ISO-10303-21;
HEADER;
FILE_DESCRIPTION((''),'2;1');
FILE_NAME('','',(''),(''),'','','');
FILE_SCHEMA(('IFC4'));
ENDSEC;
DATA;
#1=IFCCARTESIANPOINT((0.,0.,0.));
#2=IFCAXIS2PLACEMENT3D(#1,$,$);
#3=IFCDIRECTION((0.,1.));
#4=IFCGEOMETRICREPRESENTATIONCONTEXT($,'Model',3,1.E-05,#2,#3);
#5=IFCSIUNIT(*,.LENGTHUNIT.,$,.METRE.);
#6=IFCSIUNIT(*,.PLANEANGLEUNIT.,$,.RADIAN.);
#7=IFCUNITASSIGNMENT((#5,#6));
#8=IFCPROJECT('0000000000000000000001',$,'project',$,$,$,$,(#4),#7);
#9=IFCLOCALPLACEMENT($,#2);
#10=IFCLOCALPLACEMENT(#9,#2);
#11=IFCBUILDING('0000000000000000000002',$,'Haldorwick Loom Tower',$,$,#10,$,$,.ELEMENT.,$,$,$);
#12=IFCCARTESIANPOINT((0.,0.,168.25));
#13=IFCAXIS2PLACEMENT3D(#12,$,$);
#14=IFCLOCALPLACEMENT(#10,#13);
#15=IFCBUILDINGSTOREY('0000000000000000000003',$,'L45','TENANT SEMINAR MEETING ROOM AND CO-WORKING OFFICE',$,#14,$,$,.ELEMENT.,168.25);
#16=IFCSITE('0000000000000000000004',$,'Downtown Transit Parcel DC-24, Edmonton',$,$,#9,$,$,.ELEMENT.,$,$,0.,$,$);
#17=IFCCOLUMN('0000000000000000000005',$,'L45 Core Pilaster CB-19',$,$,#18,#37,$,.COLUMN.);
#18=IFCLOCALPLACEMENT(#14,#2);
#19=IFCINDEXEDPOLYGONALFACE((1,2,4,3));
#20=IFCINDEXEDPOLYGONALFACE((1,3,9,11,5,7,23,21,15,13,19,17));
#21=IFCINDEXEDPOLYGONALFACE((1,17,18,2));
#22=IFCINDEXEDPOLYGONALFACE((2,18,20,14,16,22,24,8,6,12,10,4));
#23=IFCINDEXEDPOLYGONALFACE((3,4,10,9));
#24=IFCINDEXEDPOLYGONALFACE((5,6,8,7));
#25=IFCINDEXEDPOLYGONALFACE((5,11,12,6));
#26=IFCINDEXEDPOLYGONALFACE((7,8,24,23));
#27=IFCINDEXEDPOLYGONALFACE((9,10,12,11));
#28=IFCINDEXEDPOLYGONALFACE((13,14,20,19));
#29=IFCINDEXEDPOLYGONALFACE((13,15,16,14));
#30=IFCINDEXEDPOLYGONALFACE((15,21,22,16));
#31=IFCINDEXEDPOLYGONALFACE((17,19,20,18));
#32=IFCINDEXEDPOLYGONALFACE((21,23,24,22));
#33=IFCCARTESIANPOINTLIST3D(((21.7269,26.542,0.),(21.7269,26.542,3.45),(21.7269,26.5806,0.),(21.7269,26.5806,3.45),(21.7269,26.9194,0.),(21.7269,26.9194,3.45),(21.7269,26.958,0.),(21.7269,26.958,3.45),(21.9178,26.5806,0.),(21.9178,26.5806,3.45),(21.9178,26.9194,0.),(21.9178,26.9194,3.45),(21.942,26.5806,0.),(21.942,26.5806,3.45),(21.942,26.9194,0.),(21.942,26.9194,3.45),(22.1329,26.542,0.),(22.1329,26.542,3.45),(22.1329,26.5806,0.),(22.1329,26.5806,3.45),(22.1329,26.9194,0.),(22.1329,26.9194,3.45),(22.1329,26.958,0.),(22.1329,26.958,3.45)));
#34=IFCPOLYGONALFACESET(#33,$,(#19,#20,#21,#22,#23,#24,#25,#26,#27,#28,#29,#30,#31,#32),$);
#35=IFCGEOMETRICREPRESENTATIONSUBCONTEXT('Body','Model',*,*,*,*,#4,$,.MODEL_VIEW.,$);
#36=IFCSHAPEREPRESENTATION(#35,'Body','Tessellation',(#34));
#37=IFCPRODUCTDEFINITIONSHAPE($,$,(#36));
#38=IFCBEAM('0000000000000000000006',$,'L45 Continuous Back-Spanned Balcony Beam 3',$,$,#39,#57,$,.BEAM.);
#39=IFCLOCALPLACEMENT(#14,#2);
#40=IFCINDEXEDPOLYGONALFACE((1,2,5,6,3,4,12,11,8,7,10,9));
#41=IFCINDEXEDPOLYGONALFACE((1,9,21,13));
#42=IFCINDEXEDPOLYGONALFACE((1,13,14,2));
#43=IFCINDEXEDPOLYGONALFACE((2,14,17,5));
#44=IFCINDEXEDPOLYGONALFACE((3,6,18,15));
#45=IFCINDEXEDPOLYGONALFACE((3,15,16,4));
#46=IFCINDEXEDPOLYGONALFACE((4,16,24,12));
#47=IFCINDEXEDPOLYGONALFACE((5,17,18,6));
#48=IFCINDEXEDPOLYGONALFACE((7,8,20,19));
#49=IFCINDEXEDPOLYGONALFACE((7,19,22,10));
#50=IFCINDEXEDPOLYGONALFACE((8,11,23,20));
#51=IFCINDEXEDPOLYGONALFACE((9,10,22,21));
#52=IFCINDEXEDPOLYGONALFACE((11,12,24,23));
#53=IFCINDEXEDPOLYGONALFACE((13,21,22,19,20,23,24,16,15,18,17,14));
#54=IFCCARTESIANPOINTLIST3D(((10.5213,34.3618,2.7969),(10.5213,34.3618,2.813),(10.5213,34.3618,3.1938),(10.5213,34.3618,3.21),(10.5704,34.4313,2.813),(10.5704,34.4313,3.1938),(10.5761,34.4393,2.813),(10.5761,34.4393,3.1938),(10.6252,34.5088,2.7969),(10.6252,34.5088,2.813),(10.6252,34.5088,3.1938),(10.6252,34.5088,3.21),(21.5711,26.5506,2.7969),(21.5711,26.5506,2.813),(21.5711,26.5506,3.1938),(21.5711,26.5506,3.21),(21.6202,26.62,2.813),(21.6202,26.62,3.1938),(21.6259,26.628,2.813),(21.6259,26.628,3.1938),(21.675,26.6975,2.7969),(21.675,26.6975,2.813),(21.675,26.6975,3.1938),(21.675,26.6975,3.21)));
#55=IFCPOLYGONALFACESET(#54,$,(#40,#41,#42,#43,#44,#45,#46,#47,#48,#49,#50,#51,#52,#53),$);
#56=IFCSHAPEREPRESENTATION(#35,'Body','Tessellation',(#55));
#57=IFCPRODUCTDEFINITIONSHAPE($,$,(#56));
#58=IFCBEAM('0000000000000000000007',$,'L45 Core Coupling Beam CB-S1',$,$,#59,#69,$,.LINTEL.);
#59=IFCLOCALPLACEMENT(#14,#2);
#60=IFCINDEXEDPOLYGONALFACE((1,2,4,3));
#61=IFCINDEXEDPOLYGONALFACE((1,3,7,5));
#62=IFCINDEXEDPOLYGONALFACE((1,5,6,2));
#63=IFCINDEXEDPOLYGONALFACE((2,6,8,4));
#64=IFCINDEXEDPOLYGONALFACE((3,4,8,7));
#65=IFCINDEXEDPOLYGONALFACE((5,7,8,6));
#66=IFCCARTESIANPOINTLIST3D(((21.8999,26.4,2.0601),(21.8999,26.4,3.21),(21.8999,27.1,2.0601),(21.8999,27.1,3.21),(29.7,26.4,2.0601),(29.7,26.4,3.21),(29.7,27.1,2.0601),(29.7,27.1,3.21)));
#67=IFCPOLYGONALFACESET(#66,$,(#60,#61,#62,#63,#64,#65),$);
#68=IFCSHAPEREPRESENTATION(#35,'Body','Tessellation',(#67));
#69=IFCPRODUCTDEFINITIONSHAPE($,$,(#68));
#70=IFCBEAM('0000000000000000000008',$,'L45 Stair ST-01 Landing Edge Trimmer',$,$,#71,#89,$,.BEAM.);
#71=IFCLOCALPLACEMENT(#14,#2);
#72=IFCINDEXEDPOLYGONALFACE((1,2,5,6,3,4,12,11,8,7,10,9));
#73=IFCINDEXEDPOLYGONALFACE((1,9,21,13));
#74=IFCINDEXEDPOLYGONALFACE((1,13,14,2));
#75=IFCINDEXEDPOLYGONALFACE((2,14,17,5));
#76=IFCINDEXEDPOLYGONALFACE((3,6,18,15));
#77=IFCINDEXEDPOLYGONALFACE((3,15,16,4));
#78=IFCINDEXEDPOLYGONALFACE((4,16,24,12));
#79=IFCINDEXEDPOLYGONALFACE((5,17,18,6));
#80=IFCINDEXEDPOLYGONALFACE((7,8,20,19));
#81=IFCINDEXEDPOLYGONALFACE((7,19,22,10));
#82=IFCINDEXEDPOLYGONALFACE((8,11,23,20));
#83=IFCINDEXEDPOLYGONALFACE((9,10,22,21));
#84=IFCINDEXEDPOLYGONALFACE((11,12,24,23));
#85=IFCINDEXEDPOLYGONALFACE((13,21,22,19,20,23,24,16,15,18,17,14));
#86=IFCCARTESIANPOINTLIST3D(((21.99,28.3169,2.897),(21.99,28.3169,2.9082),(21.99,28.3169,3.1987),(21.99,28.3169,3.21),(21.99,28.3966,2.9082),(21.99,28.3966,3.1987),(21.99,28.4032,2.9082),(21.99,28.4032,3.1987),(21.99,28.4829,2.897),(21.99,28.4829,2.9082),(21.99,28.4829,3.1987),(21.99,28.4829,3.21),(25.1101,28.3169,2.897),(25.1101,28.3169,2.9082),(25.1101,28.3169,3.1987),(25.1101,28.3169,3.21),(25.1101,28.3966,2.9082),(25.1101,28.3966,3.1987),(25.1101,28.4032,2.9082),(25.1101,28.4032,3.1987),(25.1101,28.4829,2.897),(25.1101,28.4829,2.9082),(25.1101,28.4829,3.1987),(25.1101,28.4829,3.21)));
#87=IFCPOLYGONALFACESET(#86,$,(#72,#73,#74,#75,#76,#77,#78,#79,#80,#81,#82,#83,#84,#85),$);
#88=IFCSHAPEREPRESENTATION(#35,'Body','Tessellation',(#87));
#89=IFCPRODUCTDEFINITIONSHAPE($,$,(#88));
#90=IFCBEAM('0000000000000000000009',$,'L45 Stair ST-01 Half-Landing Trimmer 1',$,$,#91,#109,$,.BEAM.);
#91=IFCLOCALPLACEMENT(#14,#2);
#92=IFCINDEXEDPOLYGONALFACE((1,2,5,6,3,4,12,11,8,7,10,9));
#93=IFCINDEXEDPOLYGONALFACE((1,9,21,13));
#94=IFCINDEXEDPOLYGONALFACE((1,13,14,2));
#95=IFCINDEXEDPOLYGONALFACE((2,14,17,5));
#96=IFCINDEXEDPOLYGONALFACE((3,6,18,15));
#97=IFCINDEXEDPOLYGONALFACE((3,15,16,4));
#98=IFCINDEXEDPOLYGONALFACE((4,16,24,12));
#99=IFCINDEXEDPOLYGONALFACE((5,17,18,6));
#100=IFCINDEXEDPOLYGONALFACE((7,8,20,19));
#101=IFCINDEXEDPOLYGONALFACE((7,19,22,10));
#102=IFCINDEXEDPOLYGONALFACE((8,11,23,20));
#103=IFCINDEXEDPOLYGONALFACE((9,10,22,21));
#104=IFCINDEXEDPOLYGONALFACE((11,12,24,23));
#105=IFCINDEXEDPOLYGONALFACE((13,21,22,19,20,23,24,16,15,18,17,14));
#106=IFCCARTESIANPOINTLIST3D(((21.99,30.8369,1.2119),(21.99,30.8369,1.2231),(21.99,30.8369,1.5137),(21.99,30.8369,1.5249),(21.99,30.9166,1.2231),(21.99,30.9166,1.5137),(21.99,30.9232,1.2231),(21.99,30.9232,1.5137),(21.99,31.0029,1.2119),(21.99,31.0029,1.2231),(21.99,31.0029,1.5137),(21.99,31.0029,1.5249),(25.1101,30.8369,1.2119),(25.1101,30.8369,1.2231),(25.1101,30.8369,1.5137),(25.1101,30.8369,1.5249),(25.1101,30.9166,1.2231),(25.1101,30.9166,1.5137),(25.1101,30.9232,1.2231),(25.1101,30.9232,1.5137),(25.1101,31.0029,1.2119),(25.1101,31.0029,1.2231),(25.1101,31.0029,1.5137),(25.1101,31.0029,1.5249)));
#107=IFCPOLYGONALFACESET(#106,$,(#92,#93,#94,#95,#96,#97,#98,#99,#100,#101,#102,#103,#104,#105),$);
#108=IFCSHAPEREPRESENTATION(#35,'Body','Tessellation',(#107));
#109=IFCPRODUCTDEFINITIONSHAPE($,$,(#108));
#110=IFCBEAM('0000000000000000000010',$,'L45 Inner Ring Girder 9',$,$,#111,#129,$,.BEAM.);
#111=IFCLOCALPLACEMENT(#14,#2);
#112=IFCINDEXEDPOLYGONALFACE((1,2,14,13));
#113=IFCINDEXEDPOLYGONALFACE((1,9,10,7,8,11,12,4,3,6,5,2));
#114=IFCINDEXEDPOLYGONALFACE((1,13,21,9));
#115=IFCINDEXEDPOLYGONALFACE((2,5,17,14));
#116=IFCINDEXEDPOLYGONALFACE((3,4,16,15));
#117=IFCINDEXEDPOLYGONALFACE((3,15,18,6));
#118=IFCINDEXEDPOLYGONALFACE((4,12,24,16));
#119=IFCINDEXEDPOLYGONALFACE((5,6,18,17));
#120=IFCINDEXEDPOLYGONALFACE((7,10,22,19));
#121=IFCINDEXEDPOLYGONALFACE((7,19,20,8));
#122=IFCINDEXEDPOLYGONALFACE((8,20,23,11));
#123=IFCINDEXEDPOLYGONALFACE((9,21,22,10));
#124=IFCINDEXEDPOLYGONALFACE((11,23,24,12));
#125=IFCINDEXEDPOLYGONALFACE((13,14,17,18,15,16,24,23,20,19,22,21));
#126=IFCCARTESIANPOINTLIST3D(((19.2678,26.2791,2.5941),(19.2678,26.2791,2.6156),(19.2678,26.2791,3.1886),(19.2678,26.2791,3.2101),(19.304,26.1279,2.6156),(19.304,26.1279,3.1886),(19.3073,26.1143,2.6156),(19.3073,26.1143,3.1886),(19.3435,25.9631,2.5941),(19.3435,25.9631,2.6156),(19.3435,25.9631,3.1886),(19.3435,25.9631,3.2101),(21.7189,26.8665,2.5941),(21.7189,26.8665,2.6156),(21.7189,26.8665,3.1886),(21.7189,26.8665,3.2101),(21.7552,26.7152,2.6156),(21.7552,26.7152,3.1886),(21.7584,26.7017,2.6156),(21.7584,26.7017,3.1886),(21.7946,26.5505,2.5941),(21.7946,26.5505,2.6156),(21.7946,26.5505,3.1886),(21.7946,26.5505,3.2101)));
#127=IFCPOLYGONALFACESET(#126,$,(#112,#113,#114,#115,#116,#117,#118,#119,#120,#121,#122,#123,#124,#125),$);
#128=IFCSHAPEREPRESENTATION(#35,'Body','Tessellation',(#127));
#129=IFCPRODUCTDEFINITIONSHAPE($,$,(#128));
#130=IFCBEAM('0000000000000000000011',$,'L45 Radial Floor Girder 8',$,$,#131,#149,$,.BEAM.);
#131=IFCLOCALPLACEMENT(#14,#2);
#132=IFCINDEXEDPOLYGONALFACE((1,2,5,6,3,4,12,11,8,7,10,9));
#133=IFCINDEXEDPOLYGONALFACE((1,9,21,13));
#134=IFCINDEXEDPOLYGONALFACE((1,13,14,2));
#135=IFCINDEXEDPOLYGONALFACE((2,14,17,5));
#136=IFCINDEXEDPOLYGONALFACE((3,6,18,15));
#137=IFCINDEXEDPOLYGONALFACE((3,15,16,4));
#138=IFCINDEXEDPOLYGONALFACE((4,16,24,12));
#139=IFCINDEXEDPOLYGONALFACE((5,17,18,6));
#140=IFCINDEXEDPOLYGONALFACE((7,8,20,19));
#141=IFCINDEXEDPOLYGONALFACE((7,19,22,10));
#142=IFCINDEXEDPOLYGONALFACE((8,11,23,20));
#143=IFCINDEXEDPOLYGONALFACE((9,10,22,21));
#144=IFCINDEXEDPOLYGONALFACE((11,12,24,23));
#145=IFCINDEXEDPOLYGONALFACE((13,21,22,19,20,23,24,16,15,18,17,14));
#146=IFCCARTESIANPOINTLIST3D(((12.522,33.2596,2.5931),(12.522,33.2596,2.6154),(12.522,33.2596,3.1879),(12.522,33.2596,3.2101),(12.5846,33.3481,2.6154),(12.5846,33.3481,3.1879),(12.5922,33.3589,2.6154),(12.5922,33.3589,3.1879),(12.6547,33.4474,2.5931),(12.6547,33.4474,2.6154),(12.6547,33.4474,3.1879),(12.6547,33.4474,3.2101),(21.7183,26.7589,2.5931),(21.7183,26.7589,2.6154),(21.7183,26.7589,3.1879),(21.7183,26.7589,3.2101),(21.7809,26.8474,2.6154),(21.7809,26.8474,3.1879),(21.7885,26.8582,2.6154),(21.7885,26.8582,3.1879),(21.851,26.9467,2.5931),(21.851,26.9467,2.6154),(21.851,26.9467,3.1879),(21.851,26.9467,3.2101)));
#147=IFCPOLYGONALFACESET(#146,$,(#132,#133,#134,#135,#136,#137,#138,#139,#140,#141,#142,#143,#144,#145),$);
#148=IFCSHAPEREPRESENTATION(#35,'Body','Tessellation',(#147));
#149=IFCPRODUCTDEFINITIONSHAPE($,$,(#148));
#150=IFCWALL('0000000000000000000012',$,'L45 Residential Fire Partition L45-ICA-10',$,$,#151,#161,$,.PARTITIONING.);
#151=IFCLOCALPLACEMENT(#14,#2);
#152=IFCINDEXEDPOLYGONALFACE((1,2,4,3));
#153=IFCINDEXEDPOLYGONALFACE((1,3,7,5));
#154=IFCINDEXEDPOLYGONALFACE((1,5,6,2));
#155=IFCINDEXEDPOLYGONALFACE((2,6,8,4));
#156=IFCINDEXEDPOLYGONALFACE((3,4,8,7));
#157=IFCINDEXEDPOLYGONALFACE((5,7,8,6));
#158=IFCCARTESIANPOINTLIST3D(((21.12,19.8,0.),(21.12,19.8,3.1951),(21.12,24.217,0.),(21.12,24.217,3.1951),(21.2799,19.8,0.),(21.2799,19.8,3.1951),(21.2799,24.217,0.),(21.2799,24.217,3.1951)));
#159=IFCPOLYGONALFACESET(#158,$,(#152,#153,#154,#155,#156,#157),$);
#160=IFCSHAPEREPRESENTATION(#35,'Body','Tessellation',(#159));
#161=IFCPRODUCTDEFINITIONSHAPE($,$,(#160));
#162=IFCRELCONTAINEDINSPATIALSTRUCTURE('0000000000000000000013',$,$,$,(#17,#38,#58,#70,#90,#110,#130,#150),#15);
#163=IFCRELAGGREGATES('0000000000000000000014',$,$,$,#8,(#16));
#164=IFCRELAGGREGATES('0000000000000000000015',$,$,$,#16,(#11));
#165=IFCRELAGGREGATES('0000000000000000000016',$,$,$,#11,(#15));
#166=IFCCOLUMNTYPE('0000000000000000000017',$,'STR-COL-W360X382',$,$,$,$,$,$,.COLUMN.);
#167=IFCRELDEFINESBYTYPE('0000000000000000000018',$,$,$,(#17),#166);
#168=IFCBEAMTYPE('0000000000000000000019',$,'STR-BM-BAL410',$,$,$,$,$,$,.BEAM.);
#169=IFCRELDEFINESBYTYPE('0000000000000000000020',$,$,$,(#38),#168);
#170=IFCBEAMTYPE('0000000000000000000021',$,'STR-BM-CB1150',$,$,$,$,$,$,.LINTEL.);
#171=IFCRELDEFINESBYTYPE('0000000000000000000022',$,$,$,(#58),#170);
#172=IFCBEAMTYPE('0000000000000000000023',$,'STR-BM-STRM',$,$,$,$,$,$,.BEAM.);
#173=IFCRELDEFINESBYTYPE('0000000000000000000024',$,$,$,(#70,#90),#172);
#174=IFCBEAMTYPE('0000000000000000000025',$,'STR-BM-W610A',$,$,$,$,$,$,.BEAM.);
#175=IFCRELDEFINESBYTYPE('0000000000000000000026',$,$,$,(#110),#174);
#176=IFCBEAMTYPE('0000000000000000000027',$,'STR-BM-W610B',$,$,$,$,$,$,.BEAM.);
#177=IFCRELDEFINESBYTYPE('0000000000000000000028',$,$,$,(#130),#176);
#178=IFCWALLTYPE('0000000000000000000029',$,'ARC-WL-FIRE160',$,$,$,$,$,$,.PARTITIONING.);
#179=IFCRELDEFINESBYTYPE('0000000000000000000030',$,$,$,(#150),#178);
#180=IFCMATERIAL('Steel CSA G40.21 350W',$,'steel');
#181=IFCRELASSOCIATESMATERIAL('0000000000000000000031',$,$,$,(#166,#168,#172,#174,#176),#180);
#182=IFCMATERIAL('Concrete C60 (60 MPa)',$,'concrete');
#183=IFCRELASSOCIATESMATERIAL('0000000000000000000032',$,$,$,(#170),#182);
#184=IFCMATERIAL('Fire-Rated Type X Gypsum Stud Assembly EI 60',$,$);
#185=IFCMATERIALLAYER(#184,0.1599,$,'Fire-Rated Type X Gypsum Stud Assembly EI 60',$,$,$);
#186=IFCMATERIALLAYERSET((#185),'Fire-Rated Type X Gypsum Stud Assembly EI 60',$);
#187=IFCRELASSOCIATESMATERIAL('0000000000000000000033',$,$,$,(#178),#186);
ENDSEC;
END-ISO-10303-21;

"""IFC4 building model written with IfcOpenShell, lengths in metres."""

from ifc_helpers import new_model, si_unit, direction, frame, frame_2d, origin, origin_2d, place, context, subcontext, project, spatial, rectangle, i_section, extrude, material, layer, layer_set, material_profile, profile_set, type_object, element, save


model = new_model("IFC4")

# Units and contexts
model_context = context("Model", 3, precision=1e-05, world=origin(), true_north=direction((0.0, 1.0)))
body_context = subcontext(model_context, "Body", "Model", "MODEL_VIEW")
ifc_project = project(units=[si_unit("LENGTHUNIT", "METRE"), si_unit("PLANEANGLEUNIT", "RADIAN")], contexts=[model_context])

# Site, building, storey
site_placement = place(None, origin())
site = spatial("IfcSite", under=ifc_project, at=site_placement, Name="Downtown Transit Parcel DC-24, Edmonton", CompositionType="ELEMENT", RefElevation=0.0)
building_placement = place(site_placement, origin())
building = spatial("IfcBuilding", under=site, at=building_placement, Name="Haldorwick Loom Tower", CompositionType="ELEMENT")
storey_placement = place(building_placement, frame((0.0, 0.0, 168.25)))
storey = spatial("IfcBuildingStorey", under=building, at=storey_placement, Name="L45", Description="TENANT SEMINAR MEETING ROOM AND CO-WORKING OFFICE", CompositionType="ELEMENT", Elevation=168.25)

# Column
ifc_material_1 = material(Name="Steel CSA G40.21 350W", Category="steel")
ifc_material_profile_1 = material_profile(ifc_material_1, i_section(OverallWidth=0.406, OverallDepth=0.416, WebThickness=0.0242, FlangeThickness=0.0386, at=origin_2d()), Name="W360X382", Category="steel")
ifc_profile_set_1 = profile_set([ifc_material_profile_1], Name="Steel CSA G40.21 350W")
column_type = type_object("IfcColumnType", Name="STR-COL-W360X382", PredefinedType="COLUMN", material=ifc_profile_set_1)
column_placement = place(storey_placement, frame((21.9299, 26.75, 0.0), z_axis=(0.0, 0.0, 1.0), x_axis=(1.0, 0.0, 0.0)))
element("IfcColumn", 1, at=column_placement, inside=storey, type_object=column_type, Name="L45 Core Pilaster CB-19", PredefinedType="COLUMN", context=body_context, shape_type="SweptSolid", body=[
    extrude(i_section(OverallWidth=0.406, OverallDepth=0.416, WebThickness=0.0242, FlangeThickness=0.0386, at=origin_2d()), origin(), (0.0, 0.0, 1.0), 3.45),
])

# Beams
ifc_material_profile_2 = material_profile(ifc_material_1, i_section(OverallWidth=0.1799, OverallDepth=0.4131, WebThickness=0.0098, FlangeThickness=0.0161, at=origin_2d()), Name="W410X74", Category="steel")
ifc_profile_set_2 = profile_set([ifc_material_profile_2], Name="Steel CSA G40.21 350W")
beam_type_1 = type_object("IfcBeamType", Name="STR-BM-BAL410", PredefinedType="BEAM", material=ifc_profile_set_2)
beam_1_placement = place(storey_placement, frame((21.623, 26.624, 3.0034), z_axis=(-0.81657, 0.577246, 0.0), x_axis=(-0.577246, -0.81657, 0.0)))
element("IfcBeam", 2, at=beam_1_placement, inside=storey, type_object=beam_type_1, Name="L45 Continuous Back-Spanned Balcony Beam 3", PredefinedType="BEAM", context=body_context, shape_type="SweptSolid", body=[
    extrude(i_section(OverallWidth=0.1799, OverallDepth=0.4131, WebThickness=0.0098, FlangeThickness=0.0161, at=origin_2d()), origin(), (0.0, 0.0, 1.0), 13.532),
])
ifc_material_2 = material(Name="Concrete C60 (60 MPa)", Category="concrete")
ifc_material_profile_3 = material_profile(ifc_material_2, rectangle(XDim=0.7, YDim=1.1499, at=origin_2d()), Name="RC700X1150", Category="concrete")
ifc_profile_set_3 = profile_set([ifc_material_profile_3], Name="Concrete C60 (60 MPa)")
beam_type_2 = type_object("IfcBeamType", Name="STR-BM-CB1150", PredefinedType="LINTEL", material=ifc_profile_set_3)
beam_2_placement = place(storey_placement, frame((21.8999, 26.75, 2.635), z_axis=(1.0, 0.0, 0.0), x_axis=(0.0, 1.0, 0.0)))
element("IfcBeam", 3, at=beam_2_placement, inside=storey, type_object=beam_type_2, Name="L45 Core Coupling Beam CB-S1", PredefinedType="LINTEL", context=body_context, shape_type="SweptSolid", body=[
    extrude(rectangle(XDim=0.7, YDim=1.1499, at=origin_2d()), origin(), (0.0, 0.0, 1.0), 7.8),
])
ifc_material_profile_4 = material_profile(ifc_material_1, i_section(OverallWidth=0.166, OverallDepth=0.313, WebThickness=0.0066, FlangeThickness=0.0112, at=origin_2d()), Name="W310X45", Category="steel")
ifc_profile_set_4 = profile_set([ifc_material_profile_4], Name="Steel CSA G40.21 350W")
beam_type_3 = type_object("IfcBeamType", Name="STR-BM-STRM", PredefinedType="BEAM", material=ifc_profile_set_4)
for number, where, z_axis, x_axis, name in (
    (4, (21.99, 28.3999, 3.0535), (1.0, 0.0, 0.0), (0.0, 1.0, 0.0), "L45 Stair ST-01 Landing Edge Trimmer"),
    (5, (21.99, 30.9199, 1.3684), (1.0, 0.0, 0.0), (0.0, 1.0, 0.0), "L45 Stair ST-01 Half-Landing Trimmer 1"),
):
    element("IfcBeam", number, at=place(storey_placement, frame(where, z_axis=z_axis, x_axis=x_axis)), inside=storey, type_object=beam_type_3, Name=name, PredefinedType="BEAM", context=body_context, shape_type="SweptSolid", body=[
        extrude(i_section(OverallWidth=0.166, OverallDepth=0.313, WebThickness=0.0066, FlangeThickness=0.0112, at=origin_2d()), origin(), (0.0, 0.0, 1.0), 3.1201),
    ])
ifc_material_profile_5 = material_profile(ifc_material_1, i_section(OverallWidth=0.325, OverallDepth=0.616, WebThickness=0.0139, FlangeThickness=0.0215, at=origin_2d()), Name="W610X174", Category="steel")
ifc_profile_set_5 = profile_set([ifc_material_profile_5], Name="Steel CSA G40.21 350W")
beam_type_4 = type_object("IfcBeamType", Name="STR-BM-W610A", PredefinedType="BEAM", material=ifc_profile_set_5)
beam_3_placement = place(storey_placement, frame((19.3057, 26.1211, 2.9021), z_axis=(0.972466, 0.233043, 0.0), x_axis=(-0.233043, 0.972466, 0.0)))
element("IfcBeam", 6, at=beam_3_placement, inside=storey, type_object=beam_type_4, Name="L45 Inner Ring Girder 9", PredefinedType="BEAM", context=body_context, shape_type="SweptSolid", body=[
    extrude(i_section(OverallWidth=0.325, OverallDepth=0.616, WebThickness=0.0139, FlangeThickness=0.0215, at=origin_2d()), origin(), (0.0, 0.0, 1.0), 2.5205),
])
ifc_material_profile_6 = material_profile(ifc_material_1, i_section(OverallWidth=0.23, OverallDepth=0.6169, WebThickness=0.0132, FlangeThickness=0.0222, at=origin_2d()), Name="W610X140", Category="steel")
ifc_profile_set_6 = profile_set([ifc_material_profile_6], Name="Steel CSA G40.21 350W")
beam_type_5 = type_object("IfcBeamType", Name="STR-BM-W610B", PredefinedType="BEAM", material=ifc_profile_set_6)
beam_4_placement = place(storey_placement, frame((21.7847, 26.8528, 2.9016), z_axis=(-0.816581, 0.57723, 0.0), x_axis=(-0.57723, -0.816581, 0.0)))
element("IfcBeam", 7, at=beam_4_placement, inside=storey, type_object=beam_type_5, Name="L45 Radial Floor Girder 8", PredefinedType="BEAM", context=body_context, shape_type="SweptSolid", body=[
    extrude(i_section(OverallWidth=0.23, OverallDepth=0.6169, WebThickness=0.0132, FlangeThickness=0.0222, at=origin_2d()), origin(), (0.0, 0.0, 1.0), 11.262),
])

# Wall
ifc_material_3 = material(Name="Fire-Rated Type X Gypsum Stud Assembly EI 60")
ifc_layer_1 = layer(ifc_material_3, 0.1599, Name="Fire-Rated Type X Gypsum Stud Assembly EI 60")
ifc_layer_set_1 = layer_set([ifc_layer_1], Name="Fire-Rated Type X Gypsum Stud Assembly EI 60")
wall_type_1 = type_object("IfcWallType", Name="ARC-WL-FIRE160", PredefinedType="PARTITIONING", material=ifc_layer_set_1)
wall_1_placement = place(storey_placement, frame((21.2, 24.217, 0.0), z_axis=(0.0, 0.0, 1.0), x_axis=(0.0, -1.0, 0.0)))
element("IfcWall", 8, at=wall_1_placement, inside=storey, type_object=wall_type_1, Name="L45 Residential Fire Partition L45-ICA-10", PredefinedType="PARTITIONING", context=body_context, shape_type="SweptSolid", body=[
    extrude(rectangle(XDim=4.417, YDim=0.1599, at=frame_2d((2.2085, 0.0))), origin(), (0.0, 0.0, 1.0), 3.1951),
])

save(model, "model.ifc")
